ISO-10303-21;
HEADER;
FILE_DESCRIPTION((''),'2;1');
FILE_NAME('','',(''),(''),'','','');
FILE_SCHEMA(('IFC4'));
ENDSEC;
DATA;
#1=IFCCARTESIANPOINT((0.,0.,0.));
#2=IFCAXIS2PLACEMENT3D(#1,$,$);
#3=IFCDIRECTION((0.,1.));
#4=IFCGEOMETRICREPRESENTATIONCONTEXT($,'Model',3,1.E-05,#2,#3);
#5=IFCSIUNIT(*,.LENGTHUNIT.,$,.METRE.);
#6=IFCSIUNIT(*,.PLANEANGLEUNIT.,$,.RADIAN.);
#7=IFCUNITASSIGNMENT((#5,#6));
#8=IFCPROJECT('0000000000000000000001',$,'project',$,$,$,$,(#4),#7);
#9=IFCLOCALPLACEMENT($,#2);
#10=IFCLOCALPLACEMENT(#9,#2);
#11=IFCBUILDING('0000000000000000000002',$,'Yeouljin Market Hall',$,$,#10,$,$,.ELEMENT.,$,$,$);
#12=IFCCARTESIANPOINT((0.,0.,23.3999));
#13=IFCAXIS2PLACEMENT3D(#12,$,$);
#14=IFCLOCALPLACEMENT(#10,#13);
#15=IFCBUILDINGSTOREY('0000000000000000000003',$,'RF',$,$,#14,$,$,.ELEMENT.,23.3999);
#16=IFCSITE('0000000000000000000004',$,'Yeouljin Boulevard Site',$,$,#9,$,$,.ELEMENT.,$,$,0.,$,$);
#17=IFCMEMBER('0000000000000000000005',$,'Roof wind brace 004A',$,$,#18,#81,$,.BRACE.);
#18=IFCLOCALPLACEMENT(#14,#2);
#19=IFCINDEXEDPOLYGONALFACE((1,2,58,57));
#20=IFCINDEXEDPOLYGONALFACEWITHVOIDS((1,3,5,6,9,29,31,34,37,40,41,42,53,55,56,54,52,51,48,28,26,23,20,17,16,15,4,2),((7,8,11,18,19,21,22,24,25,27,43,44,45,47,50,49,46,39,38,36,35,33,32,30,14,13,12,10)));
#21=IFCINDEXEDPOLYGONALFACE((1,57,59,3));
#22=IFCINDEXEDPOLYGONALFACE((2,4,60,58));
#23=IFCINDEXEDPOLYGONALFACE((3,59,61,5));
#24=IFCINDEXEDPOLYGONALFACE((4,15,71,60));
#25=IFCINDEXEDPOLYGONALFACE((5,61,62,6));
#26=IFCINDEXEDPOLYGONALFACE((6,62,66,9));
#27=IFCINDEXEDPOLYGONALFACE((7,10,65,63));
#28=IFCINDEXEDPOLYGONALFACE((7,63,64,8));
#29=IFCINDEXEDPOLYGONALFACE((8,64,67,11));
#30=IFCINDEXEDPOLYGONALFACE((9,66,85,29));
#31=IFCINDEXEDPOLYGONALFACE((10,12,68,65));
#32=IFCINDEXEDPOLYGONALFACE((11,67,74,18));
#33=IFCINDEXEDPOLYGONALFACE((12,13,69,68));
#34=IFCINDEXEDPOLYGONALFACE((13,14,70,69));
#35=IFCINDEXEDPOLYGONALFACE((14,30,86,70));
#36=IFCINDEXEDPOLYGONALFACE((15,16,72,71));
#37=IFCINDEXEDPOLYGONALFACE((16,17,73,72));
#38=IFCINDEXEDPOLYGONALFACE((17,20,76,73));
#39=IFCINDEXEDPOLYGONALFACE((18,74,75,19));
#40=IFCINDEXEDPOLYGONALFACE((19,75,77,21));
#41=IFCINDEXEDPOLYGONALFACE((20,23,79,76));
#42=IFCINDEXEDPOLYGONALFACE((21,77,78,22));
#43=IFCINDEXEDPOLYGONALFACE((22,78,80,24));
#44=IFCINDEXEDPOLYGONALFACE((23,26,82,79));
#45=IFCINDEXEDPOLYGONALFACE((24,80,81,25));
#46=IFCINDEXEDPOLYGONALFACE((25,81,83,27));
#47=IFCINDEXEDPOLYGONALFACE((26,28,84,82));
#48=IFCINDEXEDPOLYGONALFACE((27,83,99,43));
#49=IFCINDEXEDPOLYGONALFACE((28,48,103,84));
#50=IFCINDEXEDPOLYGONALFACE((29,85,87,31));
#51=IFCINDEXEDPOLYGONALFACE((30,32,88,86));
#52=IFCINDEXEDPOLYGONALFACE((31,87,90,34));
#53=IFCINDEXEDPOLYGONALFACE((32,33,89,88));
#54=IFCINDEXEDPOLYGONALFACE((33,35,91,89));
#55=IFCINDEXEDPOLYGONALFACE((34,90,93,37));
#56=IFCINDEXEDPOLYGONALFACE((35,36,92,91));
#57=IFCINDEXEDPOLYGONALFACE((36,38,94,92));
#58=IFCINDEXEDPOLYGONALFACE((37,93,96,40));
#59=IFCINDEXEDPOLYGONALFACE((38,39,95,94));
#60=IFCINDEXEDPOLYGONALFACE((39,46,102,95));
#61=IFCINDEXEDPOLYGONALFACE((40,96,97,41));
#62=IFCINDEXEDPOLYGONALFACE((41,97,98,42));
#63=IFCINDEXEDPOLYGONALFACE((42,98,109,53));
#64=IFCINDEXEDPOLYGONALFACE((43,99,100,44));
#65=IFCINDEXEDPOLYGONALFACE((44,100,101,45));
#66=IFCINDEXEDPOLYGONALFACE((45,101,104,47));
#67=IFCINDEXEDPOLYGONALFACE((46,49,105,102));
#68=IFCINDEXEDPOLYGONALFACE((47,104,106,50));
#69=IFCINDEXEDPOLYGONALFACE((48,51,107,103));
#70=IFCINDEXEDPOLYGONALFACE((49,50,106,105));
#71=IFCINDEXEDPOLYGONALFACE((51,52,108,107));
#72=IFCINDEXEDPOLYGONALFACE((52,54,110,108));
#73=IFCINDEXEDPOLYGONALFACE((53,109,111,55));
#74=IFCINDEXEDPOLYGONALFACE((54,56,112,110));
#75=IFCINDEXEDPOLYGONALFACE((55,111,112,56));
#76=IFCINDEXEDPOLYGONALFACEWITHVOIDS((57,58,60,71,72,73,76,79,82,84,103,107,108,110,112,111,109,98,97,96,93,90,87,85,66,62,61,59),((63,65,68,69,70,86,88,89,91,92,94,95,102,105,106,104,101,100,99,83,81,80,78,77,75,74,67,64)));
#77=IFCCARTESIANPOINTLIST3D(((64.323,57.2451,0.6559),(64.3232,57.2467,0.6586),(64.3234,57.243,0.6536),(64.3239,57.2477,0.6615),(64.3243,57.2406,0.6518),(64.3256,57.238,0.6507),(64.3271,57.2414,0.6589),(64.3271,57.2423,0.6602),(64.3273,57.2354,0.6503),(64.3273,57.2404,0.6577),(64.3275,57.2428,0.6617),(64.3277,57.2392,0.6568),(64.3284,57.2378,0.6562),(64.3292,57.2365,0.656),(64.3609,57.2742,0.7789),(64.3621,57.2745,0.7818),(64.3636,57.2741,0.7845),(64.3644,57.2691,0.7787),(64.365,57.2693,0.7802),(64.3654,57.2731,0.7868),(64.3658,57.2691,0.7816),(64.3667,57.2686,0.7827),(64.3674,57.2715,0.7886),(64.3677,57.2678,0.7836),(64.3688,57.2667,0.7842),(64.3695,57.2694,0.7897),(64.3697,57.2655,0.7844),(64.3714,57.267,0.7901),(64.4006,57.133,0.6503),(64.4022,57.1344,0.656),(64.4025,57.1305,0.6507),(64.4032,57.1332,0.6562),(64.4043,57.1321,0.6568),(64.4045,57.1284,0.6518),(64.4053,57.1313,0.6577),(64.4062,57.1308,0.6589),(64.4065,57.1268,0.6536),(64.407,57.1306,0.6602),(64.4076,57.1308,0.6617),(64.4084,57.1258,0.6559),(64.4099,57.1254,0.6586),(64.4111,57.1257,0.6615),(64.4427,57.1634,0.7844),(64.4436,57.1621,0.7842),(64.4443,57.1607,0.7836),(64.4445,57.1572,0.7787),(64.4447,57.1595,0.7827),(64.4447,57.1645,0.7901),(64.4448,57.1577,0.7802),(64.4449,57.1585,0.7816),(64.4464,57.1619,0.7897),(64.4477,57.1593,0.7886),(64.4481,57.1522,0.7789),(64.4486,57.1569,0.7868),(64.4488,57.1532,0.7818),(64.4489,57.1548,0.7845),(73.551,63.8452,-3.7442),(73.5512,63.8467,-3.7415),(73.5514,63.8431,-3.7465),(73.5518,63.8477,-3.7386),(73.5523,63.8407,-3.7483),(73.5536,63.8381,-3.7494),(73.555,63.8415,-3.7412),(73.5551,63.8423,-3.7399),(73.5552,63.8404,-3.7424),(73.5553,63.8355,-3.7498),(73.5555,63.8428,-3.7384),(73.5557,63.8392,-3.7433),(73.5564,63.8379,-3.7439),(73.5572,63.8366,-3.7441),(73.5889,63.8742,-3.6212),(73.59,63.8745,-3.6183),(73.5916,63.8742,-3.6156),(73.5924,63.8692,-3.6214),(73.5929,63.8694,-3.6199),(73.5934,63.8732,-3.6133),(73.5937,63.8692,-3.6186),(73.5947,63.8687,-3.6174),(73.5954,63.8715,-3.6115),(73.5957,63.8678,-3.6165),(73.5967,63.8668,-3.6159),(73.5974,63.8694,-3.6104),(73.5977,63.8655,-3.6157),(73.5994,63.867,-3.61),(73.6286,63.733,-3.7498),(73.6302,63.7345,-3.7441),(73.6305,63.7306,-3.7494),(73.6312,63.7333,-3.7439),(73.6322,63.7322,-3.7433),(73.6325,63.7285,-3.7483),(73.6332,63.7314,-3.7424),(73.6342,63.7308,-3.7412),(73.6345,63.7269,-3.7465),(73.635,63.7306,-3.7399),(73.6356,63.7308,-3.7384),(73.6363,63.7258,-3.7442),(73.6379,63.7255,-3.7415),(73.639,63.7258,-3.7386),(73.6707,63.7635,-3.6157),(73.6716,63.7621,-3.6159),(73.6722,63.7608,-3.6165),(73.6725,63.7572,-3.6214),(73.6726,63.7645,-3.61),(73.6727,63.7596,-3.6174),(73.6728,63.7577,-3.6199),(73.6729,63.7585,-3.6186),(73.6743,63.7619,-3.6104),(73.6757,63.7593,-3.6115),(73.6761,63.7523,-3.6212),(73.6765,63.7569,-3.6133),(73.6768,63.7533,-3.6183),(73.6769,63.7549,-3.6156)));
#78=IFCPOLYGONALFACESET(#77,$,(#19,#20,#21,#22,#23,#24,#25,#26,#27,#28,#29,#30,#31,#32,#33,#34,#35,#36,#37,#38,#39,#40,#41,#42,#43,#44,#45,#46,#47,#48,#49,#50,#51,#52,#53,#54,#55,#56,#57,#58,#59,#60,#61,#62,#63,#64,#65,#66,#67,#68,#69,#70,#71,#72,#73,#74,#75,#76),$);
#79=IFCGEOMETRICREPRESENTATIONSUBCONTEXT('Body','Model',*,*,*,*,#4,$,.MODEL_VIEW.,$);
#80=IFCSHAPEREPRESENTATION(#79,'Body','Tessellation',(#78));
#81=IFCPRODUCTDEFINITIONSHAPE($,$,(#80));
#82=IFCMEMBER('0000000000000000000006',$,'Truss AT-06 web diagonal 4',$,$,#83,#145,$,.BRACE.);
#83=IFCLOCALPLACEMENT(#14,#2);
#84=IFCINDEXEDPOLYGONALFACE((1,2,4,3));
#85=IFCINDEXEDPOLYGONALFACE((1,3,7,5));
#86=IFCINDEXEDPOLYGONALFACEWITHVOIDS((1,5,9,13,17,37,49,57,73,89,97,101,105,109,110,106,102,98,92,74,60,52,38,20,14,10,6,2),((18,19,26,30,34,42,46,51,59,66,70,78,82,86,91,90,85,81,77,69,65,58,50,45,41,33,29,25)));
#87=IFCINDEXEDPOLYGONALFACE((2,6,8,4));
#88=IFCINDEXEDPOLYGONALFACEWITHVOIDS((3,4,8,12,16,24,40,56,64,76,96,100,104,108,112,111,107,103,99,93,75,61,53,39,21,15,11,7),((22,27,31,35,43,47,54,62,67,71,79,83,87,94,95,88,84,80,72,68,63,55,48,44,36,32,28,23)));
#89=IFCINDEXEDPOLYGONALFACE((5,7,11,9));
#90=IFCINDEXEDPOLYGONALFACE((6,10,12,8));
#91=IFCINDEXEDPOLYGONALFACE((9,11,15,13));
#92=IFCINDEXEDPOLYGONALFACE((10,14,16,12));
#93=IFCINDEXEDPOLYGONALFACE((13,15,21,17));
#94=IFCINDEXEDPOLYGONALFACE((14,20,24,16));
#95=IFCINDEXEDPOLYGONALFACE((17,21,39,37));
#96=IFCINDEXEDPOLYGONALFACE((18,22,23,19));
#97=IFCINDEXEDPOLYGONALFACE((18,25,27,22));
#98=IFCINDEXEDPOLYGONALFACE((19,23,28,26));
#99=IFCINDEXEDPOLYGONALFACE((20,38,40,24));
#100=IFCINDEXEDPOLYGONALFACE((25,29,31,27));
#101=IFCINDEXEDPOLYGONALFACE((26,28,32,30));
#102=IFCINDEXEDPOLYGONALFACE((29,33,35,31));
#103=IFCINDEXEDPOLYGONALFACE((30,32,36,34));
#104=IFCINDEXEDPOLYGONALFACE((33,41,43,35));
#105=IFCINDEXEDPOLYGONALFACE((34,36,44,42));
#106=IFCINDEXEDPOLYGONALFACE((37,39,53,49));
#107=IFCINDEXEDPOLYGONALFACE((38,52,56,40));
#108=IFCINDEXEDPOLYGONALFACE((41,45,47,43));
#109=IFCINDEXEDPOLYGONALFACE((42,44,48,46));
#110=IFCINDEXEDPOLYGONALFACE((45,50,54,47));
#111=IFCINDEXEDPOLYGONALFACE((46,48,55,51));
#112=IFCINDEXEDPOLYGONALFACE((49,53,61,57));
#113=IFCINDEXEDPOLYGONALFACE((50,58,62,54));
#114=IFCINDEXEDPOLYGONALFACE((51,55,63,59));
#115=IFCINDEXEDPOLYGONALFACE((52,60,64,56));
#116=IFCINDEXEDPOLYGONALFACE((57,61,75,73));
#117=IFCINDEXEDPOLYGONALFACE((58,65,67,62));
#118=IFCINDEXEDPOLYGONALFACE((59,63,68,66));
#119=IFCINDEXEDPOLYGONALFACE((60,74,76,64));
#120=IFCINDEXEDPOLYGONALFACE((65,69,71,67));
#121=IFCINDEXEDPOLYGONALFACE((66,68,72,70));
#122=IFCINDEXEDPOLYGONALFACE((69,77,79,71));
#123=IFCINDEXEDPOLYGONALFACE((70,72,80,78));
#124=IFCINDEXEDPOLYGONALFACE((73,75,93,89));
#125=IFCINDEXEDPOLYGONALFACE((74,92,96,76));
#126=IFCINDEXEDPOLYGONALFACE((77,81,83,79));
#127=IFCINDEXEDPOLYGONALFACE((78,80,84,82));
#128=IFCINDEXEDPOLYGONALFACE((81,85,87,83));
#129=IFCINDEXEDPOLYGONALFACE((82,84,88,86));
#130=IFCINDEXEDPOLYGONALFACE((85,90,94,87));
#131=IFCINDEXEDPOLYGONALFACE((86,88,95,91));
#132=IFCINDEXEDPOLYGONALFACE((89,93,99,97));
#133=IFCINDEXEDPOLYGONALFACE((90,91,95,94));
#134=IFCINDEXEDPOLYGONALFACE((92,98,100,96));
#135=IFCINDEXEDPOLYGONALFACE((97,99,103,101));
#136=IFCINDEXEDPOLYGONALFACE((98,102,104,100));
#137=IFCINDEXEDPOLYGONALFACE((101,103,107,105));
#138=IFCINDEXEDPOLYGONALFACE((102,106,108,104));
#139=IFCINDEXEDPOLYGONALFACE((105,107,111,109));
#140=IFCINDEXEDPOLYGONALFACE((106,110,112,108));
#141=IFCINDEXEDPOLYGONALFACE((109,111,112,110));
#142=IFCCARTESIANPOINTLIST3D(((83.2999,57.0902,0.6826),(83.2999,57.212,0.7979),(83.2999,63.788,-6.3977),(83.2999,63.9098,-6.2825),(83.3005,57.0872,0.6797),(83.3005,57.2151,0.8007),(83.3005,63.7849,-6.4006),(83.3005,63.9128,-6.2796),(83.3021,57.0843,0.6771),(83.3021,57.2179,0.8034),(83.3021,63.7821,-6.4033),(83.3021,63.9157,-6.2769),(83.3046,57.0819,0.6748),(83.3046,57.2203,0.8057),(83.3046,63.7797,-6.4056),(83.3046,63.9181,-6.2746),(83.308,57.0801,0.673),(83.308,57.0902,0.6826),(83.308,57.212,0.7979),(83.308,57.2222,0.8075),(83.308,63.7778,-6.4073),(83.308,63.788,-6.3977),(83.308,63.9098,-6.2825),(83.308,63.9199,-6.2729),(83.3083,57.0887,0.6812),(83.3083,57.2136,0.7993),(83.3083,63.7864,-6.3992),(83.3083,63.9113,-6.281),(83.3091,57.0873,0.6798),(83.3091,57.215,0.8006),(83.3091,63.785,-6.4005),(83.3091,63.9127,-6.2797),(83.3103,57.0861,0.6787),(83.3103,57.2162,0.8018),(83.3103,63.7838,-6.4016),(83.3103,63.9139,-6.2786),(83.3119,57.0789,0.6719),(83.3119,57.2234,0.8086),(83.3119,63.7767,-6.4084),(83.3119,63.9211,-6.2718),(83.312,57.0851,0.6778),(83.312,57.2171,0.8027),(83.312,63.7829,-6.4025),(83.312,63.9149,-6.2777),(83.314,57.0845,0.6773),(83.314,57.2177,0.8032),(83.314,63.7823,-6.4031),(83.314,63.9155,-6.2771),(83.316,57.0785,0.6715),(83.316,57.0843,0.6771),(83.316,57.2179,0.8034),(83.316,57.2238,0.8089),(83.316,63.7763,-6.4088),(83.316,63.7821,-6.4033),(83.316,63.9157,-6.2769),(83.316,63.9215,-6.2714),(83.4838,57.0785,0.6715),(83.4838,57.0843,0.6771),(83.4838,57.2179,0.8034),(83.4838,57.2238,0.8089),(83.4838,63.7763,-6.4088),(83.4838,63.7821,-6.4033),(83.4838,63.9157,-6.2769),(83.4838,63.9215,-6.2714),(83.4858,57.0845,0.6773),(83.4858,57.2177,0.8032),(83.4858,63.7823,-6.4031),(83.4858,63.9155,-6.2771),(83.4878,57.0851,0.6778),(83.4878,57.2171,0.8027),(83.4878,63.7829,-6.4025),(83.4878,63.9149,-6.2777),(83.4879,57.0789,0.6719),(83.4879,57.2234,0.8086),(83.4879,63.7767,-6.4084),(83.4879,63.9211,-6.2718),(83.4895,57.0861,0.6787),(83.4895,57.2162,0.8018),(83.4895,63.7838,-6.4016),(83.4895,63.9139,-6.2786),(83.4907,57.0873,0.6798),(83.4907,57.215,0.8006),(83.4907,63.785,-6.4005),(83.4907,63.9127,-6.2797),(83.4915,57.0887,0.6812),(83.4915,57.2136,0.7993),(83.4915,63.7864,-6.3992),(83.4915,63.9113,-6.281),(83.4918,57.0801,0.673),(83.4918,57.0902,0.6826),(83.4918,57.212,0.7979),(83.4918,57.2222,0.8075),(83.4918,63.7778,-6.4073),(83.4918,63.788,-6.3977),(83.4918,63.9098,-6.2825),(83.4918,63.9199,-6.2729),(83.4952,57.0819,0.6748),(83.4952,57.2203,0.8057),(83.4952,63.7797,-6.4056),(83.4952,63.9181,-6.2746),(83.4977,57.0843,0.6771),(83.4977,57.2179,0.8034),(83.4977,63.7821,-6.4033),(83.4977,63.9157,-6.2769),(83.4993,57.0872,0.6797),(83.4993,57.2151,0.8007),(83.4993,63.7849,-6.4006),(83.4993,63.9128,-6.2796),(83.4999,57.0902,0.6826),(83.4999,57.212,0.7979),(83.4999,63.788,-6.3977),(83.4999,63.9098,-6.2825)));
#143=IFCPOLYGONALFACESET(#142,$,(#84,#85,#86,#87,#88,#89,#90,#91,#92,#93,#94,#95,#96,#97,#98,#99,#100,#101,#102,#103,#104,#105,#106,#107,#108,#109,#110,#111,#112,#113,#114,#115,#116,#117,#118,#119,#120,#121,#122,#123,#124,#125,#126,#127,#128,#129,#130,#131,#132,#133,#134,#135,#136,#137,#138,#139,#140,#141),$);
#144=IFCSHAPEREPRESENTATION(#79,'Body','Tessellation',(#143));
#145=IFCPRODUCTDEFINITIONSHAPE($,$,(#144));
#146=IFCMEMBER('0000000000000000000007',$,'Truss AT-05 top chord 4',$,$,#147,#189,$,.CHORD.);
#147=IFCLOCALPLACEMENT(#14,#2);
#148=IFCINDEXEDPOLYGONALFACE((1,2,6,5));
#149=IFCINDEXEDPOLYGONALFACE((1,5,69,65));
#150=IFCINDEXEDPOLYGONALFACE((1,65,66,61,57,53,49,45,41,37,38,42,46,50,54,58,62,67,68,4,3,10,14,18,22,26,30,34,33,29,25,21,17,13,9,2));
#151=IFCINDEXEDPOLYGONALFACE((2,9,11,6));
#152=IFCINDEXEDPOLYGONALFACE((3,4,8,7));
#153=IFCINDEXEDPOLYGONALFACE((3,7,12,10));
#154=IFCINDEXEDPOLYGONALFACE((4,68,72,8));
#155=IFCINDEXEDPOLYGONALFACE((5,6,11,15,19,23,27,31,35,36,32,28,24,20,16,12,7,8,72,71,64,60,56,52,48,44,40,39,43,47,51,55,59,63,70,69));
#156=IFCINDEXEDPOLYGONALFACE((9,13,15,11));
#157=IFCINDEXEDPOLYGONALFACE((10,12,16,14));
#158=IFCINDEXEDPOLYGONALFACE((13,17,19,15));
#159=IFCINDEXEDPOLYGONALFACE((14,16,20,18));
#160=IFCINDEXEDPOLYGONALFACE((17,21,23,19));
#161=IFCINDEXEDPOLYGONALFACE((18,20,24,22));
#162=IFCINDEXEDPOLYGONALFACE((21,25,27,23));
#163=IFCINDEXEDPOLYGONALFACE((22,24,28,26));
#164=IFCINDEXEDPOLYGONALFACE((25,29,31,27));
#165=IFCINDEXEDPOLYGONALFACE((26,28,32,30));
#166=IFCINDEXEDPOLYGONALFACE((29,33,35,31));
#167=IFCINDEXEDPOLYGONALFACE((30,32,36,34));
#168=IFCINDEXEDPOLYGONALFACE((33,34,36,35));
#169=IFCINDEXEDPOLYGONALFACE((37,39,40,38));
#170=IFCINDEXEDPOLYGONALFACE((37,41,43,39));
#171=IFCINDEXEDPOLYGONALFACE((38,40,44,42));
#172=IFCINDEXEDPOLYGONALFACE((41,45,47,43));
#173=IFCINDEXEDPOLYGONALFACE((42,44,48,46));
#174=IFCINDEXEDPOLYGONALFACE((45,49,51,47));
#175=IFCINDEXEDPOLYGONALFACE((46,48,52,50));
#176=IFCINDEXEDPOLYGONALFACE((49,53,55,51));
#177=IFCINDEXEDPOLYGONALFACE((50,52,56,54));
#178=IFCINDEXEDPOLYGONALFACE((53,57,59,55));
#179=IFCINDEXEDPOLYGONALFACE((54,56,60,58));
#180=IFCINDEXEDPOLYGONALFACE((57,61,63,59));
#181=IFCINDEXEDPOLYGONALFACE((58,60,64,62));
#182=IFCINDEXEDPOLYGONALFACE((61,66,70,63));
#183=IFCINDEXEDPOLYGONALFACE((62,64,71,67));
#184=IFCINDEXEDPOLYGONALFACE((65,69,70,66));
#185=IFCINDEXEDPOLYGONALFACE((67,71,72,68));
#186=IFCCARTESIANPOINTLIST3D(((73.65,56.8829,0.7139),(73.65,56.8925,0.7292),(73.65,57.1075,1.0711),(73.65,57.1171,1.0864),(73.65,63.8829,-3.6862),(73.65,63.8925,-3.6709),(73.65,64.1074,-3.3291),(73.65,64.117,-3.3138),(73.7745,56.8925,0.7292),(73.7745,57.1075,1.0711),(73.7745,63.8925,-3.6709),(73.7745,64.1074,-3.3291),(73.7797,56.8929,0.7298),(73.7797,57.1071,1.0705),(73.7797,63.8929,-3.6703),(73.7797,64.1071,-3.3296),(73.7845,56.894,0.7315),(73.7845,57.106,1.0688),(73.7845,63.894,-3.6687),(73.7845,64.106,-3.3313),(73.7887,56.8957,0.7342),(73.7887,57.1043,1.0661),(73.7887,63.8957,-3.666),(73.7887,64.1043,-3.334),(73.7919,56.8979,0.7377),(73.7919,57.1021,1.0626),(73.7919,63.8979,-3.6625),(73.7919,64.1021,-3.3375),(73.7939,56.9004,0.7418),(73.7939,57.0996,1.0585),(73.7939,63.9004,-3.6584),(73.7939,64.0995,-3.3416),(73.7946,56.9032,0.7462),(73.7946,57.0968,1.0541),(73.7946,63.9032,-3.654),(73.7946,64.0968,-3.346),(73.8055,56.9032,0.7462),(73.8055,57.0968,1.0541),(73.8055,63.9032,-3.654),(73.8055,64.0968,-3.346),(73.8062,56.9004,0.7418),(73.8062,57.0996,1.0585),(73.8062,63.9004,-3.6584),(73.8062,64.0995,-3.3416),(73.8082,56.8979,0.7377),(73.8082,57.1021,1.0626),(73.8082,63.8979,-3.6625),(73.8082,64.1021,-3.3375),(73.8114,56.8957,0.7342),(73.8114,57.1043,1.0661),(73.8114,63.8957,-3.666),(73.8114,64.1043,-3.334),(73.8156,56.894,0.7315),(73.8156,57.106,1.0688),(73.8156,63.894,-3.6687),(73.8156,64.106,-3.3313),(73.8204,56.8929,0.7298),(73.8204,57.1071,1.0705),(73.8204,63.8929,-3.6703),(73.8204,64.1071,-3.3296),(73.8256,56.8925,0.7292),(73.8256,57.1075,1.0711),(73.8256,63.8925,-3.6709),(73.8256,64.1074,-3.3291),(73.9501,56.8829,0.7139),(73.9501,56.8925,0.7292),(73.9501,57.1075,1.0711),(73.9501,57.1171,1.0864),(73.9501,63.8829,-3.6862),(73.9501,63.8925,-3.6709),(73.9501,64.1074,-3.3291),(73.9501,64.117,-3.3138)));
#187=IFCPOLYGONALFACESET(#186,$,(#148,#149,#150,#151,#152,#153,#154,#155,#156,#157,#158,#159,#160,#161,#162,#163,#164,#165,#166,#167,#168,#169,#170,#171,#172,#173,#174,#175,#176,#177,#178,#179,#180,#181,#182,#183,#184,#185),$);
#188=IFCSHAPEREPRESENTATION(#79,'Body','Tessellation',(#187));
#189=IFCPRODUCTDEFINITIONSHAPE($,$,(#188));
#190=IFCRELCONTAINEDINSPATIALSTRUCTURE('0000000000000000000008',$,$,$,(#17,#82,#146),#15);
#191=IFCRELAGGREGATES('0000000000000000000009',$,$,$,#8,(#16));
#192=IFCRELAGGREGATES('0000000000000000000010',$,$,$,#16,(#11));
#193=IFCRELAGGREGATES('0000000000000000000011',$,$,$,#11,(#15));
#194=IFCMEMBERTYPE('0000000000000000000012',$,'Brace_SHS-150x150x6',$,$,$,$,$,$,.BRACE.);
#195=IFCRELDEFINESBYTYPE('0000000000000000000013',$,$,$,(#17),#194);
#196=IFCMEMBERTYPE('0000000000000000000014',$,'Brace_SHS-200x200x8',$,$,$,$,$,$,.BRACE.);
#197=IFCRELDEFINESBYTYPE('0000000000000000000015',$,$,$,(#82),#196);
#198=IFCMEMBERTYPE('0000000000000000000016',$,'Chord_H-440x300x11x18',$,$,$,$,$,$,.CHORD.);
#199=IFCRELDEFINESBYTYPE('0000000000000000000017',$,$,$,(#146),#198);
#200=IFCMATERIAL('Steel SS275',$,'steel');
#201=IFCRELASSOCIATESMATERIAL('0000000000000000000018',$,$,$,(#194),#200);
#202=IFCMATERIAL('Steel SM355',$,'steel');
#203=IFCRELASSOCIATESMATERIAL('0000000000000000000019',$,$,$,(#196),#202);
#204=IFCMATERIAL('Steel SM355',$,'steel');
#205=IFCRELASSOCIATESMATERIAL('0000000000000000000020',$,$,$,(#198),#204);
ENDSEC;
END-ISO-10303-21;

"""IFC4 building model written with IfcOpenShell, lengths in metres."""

from ifc_helpers import new_model, si_unit, direction, frame, origin, origin_2d, place, context, subcontext, project, spatial, hollow_rectangle, i_section, extrude, material, material_profile, profile_set, type_object, element, save


model = new_model("IFC4")

# Units and contexts
model_context = context("Model", 3, precision=1e-05, world=origin(), true_north=direction((0.0, 1.0)))
body_context = subcontext(model_context, "Body", "Model", "MODEL_VIEW")
ifc_project = project(units=[si_unit("LENGTHUNIT", "METRE"), si_unit("PLANEANGLEUNIT", "RADIAN")], contexts=[model_context])

# Site, building, storey
site_placement = place(None, origin())
site = spatial("IfcSite", under=ifc_project, at=site_placement, Name="Yeouljin Boulevard Site", CompositionType="ELEMENT", RefElevation=0.0)
building_placement = place(site_placement, origin())
building = spatial("IfcBuilding", under=site, at=building_placement, Name="Yeouljin Market Hall", CompositionType="ELEMENT")
storey_placement = place(building_placement, frame((0.0, 0.0, 23.3999)))
storey = spatial("IfcBuildingStorey", under=building, at=storey_placement, Name="RF", CompositionType="ELEMENT", Elevation=23.3999)

# Members
ifc_material_1 = material(Name="Steel SS275", Category="steel")
ifc_material_profile_1 = material_profile(ifc_material_1, hollow_rectangle(XDim=0.1499, YDim=0.1499, WallThickness=0.0061, InnerFilletRadius=0.0061, OuterFilletRadius=0.012, at=origin_2d()), Name="SHS-150x150x6")
ifc_profile_set_1 = profile_set([ifc_material_profile_1], Name="Steel SS275")
member_type_1 = type_object("IfcMemberType", Name="Brace_SHS-150x150x6", PredefinedType="BRACE", material=ifc_profile_set_1)
member_1_placement = place(storey_placement, frame((64.386, 57.2, 0.7202), z_axis=(0.758337, 0.54238, -0.361593), x_axis=(-0.581743, 0.813373, 0.0)))
element("IfcMember", 1, at=member_1_placement, inside=storey, type_object=member_type_1, Name="Roof wind brace 004A", PredefinedType="BRACE", context=body_context, shape_type="SweptSolid", body=[
    extrude(hollow_rectangle(XDim=0.1499, YDim=0.1499, WallThickness=0.0061, InnerFilletRadius=0.0061, OuterFilletRadius=0.012, at=origin_2d()), origin(), (0.0, 0.0, 1.0), 12.1687),
])
ifc_material_2 = material(Name="Steel SM355", Category="steel")
ifc_material_profile_2 = material_profile(ifc_material_2, hollow_rectangle(XDim=0.2, YDim=0.2, WallThickness=0.0081, InnerFilletRadius=0.0081, OuterFilletRadius=0.0161, at=origin_2d()), Name="SHS-200x200x8")
ifc_profile_set_2 = profile_set([ifc_material_profile_2], Name="Steel SM355")
member_type_2 = type_object("IfcMemberType", Name="Brace_SHS-200x200x8", PredefinedType="BRACE", material=ifc_profile_set_2)
member_2_placement = place(storey_placement, frame((83.3999, 57.1511, 0.7402), z_axis=(0.0, 0.687208, -0.726461), x_axis=(-1.0, 0.0, 0.0)))
element("IfcMember", 2, at=member_2_placement, inside=storey, type_object=member_type_2, Name="Truss AT-06 web diagonal 4", PredefinedType="BRACE", context=body_context, shape_type="SweptSolid", body=[
    extrude(hollow_rectangle(XDim=0.2, YDim=0.2, WallThickness=0.0081, InnerFilletRadius=0.0081, OuterFilletRadius=0.0161, at=origin_2d()), origin(), (0.0, 0.0, 1.0), 9.7463),
])
ifc_material_3 = material(Name="Steel SM355", Category="steel")
ifc_material_profile_3 = material_profile(ifc_material_3, i_section(OverallWidth=0.3, OverallDepth=0.4399, WebThickness=0.011, FlangeThickness=0.0181, FilletRadius=0.02, at=origin_2d()), Name="H-440x300x11x18")
ifc_profile_set_3 = profile_set([ifc_material_profile_3], Name="Steel SM355")
member_type_3 = type_object("IfcMemberType", Name="Chord_H-440x300x11x18", PredefinedType="CHORD", material=ifc_profile_set_3)
for number, where, z_axis, x_axis, name in (
    (3, (73.8, 57.0, 0.9001), (0.0, 0.846629, -0.532184), (-1.0, 0.0, 0.0), "Truss AT-05 top chord 4"),
):
    element("IfcMember", number, at=place(storey_placement, frame(where, z_axis=z_axis, x_axis=x_axis)), inside=storey, type_object=member_type_3, Name=name, PredefinedType="CHORD", context=body_context, shape_type="SweptSolid", body=[
        extrude(i_section(OverallWidth=0.3, OverallDepth=0.4399, WebThickness=0.011, FlangeThickness=0.0181, FilletRadius=0.02, at=origin_2d()), origin(), (0.0, 0.0, 1.0), 8.2681),
    ])

save(model, "model.ifc")
